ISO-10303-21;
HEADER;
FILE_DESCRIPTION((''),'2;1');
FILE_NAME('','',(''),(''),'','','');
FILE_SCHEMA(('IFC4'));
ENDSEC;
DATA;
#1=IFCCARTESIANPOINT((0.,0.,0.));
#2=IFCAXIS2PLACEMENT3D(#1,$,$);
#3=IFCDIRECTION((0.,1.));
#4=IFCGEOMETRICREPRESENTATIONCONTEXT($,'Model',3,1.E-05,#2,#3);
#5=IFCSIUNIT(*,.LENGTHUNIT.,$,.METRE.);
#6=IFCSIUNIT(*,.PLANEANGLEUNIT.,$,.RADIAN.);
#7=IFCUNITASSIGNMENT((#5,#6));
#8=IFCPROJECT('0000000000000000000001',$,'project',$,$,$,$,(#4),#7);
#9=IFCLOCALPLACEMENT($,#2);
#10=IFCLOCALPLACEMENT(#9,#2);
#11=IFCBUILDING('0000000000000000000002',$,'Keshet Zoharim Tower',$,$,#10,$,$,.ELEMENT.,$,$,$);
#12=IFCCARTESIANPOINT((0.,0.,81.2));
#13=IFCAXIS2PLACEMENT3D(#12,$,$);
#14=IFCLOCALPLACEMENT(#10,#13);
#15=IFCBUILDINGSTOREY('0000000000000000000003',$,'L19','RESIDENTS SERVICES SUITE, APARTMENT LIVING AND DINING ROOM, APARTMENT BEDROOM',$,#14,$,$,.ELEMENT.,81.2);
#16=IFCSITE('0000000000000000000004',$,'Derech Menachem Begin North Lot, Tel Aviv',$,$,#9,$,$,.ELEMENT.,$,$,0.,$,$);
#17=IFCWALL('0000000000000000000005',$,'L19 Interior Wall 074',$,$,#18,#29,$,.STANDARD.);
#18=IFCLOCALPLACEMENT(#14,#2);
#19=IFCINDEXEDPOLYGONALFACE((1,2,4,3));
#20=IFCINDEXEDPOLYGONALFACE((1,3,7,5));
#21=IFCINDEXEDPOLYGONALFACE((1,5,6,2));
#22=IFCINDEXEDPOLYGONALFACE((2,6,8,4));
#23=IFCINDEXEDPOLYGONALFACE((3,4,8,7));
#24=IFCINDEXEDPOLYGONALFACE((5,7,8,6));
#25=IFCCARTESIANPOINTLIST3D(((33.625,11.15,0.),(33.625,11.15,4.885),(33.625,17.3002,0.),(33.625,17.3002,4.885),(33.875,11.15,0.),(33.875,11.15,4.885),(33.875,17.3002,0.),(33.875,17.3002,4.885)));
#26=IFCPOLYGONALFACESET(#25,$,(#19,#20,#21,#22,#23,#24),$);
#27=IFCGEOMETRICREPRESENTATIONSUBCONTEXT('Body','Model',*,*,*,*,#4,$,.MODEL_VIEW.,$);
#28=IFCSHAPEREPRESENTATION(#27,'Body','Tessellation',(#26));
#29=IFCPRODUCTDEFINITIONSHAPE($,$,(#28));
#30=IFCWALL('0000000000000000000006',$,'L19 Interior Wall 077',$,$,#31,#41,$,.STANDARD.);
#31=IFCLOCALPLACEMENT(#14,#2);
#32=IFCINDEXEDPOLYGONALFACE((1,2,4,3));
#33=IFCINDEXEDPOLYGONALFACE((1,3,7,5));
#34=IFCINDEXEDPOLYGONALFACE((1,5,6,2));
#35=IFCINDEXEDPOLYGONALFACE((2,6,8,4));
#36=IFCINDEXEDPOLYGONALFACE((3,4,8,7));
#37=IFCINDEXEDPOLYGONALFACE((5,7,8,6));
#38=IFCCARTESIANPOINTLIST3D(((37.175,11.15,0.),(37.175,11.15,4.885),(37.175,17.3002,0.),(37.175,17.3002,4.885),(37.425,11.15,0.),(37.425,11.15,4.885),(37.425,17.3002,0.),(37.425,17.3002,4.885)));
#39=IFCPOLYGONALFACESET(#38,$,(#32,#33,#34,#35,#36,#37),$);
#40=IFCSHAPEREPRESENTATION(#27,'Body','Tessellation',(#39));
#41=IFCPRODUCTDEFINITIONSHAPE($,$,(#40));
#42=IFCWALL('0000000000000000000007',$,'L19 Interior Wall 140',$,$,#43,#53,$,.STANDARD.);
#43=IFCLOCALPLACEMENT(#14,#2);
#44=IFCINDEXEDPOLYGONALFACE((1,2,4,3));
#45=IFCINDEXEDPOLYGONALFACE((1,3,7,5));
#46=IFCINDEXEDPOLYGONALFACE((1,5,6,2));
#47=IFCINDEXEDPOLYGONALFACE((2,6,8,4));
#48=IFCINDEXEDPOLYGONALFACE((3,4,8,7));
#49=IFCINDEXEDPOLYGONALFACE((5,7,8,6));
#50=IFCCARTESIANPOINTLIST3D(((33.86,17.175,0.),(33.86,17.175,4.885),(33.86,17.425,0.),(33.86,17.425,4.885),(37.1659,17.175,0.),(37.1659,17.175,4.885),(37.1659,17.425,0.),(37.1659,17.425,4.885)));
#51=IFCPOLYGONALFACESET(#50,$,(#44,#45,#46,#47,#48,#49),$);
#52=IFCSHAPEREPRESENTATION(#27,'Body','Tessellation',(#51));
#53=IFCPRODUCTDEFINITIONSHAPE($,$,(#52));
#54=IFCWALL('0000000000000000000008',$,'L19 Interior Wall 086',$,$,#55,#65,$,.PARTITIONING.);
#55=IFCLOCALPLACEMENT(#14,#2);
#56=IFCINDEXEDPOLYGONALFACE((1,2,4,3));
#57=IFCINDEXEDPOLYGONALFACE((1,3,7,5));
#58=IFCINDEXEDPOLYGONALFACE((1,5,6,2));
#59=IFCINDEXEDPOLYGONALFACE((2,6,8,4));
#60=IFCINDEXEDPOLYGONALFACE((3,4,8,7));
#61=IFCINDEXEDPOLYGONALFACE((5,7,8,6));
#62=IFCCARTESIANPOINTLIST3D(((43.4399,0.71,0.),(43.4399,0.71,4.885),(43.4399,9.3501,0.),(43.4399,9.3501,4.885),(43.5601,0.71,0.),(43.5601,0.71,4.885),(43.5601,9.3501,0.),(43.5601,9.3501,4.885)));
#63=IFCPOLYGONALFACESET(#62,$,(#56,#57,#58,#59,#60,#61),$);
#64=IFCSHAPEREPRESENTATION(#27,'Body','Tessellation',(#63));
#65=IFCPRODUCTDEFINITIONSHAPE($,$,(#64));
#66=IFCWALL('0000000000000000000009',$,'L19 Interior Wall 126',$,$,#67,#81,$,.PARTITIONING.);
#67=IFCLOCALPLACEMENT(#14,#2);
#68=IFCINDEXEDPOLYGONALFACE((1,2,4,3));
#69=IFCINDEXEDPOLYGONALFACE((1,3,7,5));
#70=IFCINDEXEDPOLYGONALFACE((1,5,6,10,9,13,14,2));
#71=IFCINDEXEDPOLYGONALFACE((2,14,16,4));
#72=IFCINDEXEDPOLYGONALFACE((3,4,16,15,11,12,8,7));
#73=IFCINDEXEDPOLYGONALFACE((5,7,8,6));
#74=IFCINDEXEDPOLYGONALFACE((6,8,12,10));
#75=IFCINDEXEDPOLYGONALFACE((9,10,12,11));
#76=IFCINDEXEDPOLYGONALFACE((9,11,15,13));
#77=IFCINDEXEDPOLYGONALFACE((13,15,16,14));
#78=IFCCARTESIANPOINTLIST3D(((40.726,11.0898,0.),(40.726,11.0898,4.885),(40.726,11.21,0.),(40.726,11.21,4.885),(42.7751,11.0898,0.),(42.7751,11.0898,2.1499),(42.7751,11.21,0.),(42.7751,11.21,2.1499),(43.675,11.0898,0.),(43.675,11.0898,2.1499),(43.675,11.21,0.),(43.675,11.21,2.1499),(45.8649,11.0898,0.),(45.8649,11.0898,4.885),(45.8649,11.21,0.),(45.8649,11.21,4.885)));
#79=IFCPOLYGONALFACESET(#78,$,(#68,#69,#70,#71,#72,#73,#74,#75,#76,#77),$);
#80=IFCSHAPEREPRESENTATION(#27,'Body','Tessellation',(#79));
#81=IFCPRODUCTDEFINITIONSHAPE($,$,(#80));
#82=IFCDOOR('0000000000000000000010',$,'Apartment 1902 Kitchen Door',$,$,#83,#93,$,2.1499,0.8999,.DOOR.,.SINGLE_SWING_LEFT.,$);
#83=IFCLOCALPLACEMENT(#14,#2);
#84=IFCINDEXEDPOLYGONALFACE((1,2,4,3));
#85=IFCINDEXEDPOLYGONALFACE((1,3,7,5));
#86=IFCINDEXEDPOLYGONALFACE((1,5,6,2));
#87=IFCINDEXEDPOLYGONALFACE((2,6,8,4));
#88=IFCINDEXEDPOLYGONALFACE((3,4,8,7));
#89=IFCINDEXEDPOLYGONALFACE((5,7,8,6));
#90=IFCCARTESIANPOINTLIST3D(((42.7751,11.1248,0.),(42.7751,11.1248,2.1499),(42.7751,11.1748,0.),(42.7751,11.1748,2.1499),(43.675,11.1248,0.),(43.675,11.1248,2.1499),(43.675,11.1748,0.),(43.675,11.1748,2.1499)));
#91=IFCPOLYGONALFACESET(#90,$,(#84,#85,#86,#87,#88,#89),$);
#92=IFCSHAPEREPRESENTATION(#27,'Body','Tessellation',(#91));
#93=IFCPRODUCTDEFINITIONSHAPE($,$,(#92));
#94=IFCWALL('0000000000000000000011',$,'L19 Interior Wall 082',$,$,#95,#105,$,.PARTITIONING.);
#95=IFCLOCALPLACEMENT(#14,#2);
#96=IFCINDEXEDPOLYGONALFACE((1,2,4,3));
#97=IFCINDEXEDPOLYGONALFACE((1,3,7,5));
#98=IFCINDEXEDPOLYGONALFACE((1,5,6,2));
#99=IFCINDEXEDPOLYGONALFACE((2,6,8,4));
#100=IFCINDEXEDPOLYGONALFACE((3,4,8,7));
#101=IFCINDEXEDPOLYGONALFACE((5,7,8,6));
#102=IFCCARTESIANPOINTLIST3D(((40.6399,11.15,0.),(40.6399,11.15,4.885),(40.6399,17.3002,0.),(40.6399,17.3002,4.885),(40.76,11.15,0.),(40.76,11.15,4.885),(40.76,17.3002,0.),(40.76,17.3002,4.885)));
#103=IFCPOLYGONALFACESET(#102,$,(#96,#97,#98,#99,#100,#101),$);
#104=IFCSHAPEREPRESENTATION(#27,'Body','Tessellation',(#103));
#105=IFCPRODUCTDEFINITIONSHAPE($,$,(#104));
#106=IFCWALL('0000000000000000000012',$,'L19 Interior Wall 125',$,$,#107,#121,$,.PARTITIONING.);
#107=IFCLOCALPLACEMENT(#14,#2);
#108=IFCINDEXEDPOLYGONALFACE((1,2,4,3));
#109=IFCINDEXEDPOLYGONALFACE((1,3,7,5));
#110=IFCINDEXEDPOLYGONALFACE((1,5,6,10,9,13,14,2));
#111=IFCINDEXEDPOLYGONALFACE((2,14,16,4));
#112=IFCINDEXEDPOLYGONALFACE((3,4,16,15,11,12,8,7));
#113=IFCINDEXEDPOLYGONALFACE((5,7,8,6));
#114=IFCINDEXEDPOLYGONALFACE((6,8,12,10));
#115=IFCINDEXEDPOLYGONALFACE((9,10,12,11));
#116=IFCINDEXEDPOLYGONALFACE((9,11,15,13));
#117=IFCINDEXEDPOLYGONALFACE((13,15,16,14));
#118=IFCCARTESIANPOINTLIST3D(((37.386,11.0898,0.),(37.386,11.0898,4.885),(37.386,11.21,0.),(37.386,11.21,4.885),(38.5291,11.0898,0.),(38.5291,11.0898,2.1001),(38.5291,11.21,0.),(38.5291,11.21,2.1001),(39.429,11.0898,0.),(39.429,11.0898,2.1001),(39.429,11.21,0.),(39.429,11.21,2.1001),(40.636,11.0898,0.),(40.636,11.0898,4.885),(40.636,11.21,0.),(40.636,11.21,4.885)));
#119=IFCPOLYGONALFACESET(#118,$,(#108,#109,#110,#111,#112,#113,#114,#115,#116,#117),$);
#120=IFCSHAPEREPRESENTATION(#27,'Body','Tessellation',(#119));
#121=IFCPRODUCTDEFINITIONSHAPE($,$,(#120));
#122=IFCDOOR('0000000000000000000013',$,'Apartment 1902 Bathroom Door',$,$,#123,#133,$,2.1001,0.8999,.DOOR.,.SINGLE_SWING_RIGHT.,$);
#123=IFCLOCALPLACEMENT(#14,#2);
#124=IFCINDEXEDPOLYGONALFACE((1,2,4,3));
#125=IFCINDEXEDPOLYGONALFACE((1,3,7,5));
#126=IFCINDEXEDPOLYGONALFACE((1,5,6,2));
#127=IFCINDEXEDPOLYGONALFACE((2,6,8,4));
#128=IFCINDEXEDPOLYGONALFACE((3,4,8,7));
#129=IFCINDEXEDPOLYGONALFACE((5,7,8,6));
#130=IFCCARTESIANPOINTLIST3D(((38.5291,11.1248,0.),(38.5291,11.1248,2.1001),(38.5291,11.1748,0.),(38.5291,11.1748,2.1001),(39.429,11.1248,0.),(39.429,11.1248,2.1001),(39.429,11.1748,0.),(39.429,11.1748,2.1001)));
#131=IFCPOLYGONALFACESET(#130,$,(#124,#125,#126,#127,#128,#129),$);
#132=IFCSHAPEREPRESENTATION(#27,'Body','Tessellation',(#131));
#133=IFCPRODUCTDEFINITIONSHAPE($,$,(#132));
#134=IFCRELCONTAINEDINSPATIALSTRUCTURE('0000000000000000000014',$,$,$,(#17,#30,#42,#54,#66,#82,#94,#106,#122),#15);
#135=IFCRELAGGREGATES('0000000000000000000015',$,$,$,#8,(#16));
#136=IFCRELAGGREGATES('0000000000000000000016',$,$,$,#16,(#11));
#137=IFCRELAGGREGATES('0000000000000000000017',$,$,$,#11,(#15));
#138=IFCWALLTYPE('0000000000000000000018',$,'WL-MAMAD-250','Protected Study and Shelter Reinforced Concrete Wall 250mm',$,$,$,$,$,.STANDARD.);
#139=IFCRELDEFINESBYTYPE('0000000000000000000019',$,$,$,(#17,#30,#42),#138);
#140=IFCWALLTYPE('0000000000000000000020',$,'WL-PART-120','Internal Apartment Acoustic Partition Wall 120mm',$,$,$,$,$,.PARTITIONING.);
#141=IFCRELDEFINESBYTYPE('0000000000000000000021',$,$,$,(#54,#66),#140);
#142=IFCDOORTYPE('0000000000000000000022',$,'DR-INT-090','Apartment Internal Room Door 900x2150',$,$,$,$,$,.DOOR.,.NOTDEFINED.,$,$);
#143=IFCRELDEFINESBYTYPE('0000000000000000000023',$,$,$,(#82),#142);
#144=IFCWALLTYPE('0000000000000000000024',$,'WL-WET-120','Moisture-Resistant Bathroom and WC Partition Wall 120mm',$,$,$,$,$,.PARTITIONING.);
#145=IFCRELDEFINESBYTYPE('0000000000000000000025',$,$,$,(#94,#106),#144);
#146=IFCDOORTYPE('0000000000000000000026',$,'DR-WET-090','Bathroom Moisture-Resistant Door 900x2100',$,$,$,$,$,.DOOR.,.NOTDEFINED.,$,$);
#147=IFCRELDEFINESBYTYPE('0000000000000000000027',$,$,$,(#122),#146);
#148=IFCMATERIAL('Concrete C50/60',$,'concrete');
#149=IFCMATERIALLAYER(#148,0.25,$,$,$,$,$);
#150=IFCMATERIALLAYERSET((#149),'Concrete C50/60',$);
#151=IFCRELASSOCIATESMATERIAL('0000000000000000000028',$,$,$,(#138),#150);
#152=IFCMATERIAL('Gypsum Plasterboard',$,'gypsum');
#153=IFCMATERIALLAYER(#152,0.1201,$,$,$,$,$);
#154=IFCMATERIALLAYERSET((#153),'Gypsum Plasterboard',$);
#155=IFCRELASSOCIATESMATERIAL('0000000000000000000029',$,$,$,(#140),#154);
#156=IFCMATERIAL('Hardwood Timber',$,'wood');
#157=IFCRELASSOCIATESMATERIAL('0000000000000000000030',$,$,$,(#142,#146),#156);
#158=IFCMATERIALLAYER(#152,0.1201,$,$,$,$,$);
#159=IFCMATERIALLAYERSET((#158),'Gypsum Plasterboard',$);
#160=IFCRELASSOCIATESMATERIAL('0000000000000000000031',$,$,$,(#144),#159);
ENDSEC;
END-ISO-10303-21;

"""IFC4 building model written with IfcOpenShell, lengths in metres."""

from ifc_helpers import new_model, si_unit, direction, frame, frame_2d, origin, place, context, subcontext, project, spatial, rectangle, extrude, material, layer, layer_set, type_object, element, fill, save


model = new_model("IFC4")

# Units and contexts
model_context = context("Model", 3, precision=1e-05, world=origin(), true_north=direction((0.0, 1.0)))
body_context = subcontext(model_context, "Body", "Model", "MODEL_VIEW")
ifc_project = project(units=[si_unit("LENGTHUNIT", "METRE"), si_unit("PLANEANGLEUNIT", "RADIAN")], contexts=[model_context])

# Site, building, storey
site_placement = place(None, origin())
site = spatial("IfcSite", under=ifc_project, at=site_placement, Name="Derech Menachem Begin North Lot, Tel Aviv", CompositionType="ELEMENT", RefElevation=0.0)
building_placement = place(site_placement, origin())
building = spatial("IfcBuilding", under=site, at=building_placement, Name="Keshet Zoharim Tower", CompositionType="ELEMENT")
storey_placement = place(building_placement, frame((0.0, 0.0, 81.2)))
storey = spatial("IfcBuildingStorey", under=building, at=storey_placement, Name="L19", Description="RESIDENTS SERVICES SUITE, APARTMENT LIVING AND DINING ROOM, APARTMENT BEDROOM", CompositionType="ELEMENT", Elevation=81.2)

# Walls
ifc_material_1 = material(Name="Gypsum Plasterboard", Category="gypsum")
ifc_material_2 = material(Name="Concrete C50/60", Category="concrete")
ifc_layer_1 = layer(ifc_material_2, 0.25)
ifc_layer_set_1 = layer_set([ifc_layer_1], Name="Concrete C50/60")
wall_type_1 = type_object("IfcWallType", Name="WL-MAMAD-250", Description="Protected Study and Shelter Reinforced Concrete Wall 250mm", PredefinedType="STANDARD", material=ifc_layer_set_1)
for number, where, z_axis, x_axis, name in (
    (1, (33.75, 11.1499, 0.0), (0.0, 0.0, 1.0), (0.0, 1.0, 0.0), "L19 Interior Wall 074"),
    (2, (37.3, 11.1499, 0.0), (0.0, 0.0, 1.0), (0.0, 1.0, 0.0), "L19 Interior Wall 077"),
):
    element("IfcWall", number, at=place(storey_placement, frame(where, z_axis=z_axis, x_axis=x_axis)), inside=storey, type_object=wall_type_1, Name=name, PredefinedType="STANDARD", context=body_context, shape_type="SweptSolid", body=[
        extrude(rectangle(XDim=6.1501, YDim=0.25, at=frame_2d((3.0752, 0.0))), origin(), (0.0, 0.0, 1.0), 4.885),
    ])

# Shared definitions
ifc_material_3 = material(Name="Hardwood Timber", Category="wood")

# Walls
wall_1_placement = place(storey_placement, frame((33.8601, 17.3, 0.0), z_axis=(0.0, 0.0, 1.0), x_axis=(1.0, 0.0, 0.0)))
element("IfcWall", 3, at=wall_1_placement, inside=storey, type_object=wall_type_1, Name="L19 Interior Wall 140", PredefinedType="STANDARD", context=body_context, shape_type="SweptSolid", body=[
    extrude(rectangle(XDim=3.3059, YDim=0.25, at=frame_2d((1.6528, 0.0))), origin(), (0.0, 0.0, 1.0), 4.885),
])
ifc_layer_2 = layer(ifc_material_1, 0.1201)
ifc_layer_set_2 = layer_set([ifc_layer_2], Name="Gypsum Plasterboard")
wall_type_2 = type_object("IfcWallType", Name="WL-PART-120", Description="Internal Apartment Acoustic Partition Wall 120mm", PredefinedType="PARTITIONING", material=ifc_layer_set_2)
wall_2_placement = place(storey_placement, frame((43.5, 0.71, 0.0), z_axis=(0.0, 0.0, 1.0), x_axis=(0.0, 1.0, 0.0)))
element("IfcWall", 4, at=wall_2_placement, inside=storey, type_object=wall_type_2, Name="L19 Interior Wall 086", PredefinedType="PARTITIONING", context=body_context, shape_type="SweptSolid", body=[
    extrude(rectangle(XDim=8.6401, YDim=0.1201, at=frame_2d((4.3201, 0.0))), origin(), (0.0, 0.0, 1.0), 4.885),
])

# Shared definitions
door_type_1 = type_object("IfcDoorType", Name="DR-INT-090", Description="Apartment Internal Room Door 900x2150", OperationType="NOTDEFINED", PredefinedType="DOOR", material=ifc_material_3)

# Wall, opening, door
wall_3_placement = place(storey_placement, frame((40.7261, 11.1499, 0.0), z_axis=(0.0, 0.0, 1.0), x_axis=(1.0, 0.0, 0.0)))
wall_3 = element("IfcWall", 5, at=wall_3_placement, inside=storey, type_object=wall_type_2, Name="L19 Interior Wall 126", PredefinedType="PARTITIONING", context=body_context, shape_type="SweptSolid", body=[
    extrude(rectangle(XDim=5.1389, YDim=0.1201, at=frame_2d((2.5693, 0.0))), origin(), (0.0, 0.0, 1.0), 4.885),
])
opening_1_placement = place(wall_3_placement, frame((2.0491, 0.0, 0.0)))
opening_1 = element("IfcOpeningElement", 6, at=opening_1_placement, cuts=wall_3, PredefinedType="OPENING", context=body_context, shape_type="SweptSolid", body=[
    extrude(rectangle(XDim=0.8999, YDim=2.1499, at=frame_2d((0.45, 1.075))), frame((0.0, 0.0701, 0.0), z_axis=(0.0, -1.0, 0.0), x_axis=(1.0, 0.0, 0.0)), (0.0, 0.0, 1.0), 0.1401),
])
door_1_placement = place(opening_1_placement, origin())
door_1 = element("IfcDoor", 7, at=door_1_placement, inside=storey, type_object=door_type_1, Name="Apartment 1902 Kitchen Door", OperationType="SINGLE_SWING_LEFT", OverallHeight=2.1499, OverallWidth=0.8999, PredefinedType="DOOR", context=body_context, shape_type="SweptSolid", body=[
    extrude(rectangle(XDim=0.8999, YDim=2.1499, at=frame_2d((0.45, 1.075))), frame((0.0, 0.0249, 0.0), z_axis=(0.0, -1.0, 0.0), x_axis=(1.0, 0.0, 0.0)), (0.0, 0.0, 1.0), 0.05),
])
fill(opening_1, door_1)

# Wall
ifc_layer_3 = layer(ifc_material_1, 0.1201)
ifc_layer_set_3 = layer_set([ifc_layer_3], Name="Gypsum Plasterboard")
wall_type_3 = type_object("IfcWallType", Name="WL-WET-120", Description="Moisture-Resistant Bathroom and WC Partition Wall 120mm", PredefinedType="PARTITIONING", material=ifc_layer_set_3)
wall_4_placement = place(storey_placement, frame((40.7, 11.1499, 0.0), z_axis=(0.0, 0.0, 1.0), x_axis=(0.0, 1.0, 0.0)))
element("IfcWall", 8, at=wall_4_placement, inside=storey, type_object=wall_type_3, Name="L19 Interior Wall 082", PredefinedType="PARTITIONING", context=body_context, shape_type="SweptSolid", body=[
    extrude(rectangle(XDim=6.1501, YDim=0.1201, at=frame_2d((3.0752, 0.0))), origin(), (0.0, 0.0, 1.0), 4.885),
])

# Wall, opening, door
wall_5_placement = place(storey_placement, frame((37.386, 11.1499, 0.0), z_axis=(0.0, 0.0, 1.0), x_axis=(1.0, 0.0, 0.0)))
wall_5 = element("IfcWall", 9, at=wall_5_placement, inside=storey, type_object=wall_type_3, Name="L19 Interior Wall 125", PredefinedType="PARTITIONING", context=body_context, shape_type="SweptSolid", body=[
    extrude(rectangle(XDim=3.25, YDim=0.1201, at=frame_2d((1.625, 0.0))), origin(), (0.0, 0.0, 1.0), 4.885),
])
opening_2_placement = place(wall_5_placement, frame((1.1431, 0.0, 0.0)))
opening_2 = element("IfcOpeningElement", 10, at=opening_2_placement, cuts=wall_5, PredefinedType="OPENING", context=body_context, shape_type="SweptSolid", body=[
    extrude(rectangle(XDim=0.8999, YDim=2.1001, at=frame_2d((0.45, 1.05))), frame((0.0, 0.0701, 0.0), z_axis=(0.0, -1.0, 0.0), x_axis=(1.0, 0.0, 0.0)), (0.0, 0.0, 1.0), 0.1401),
])
door_type_2 = type_object("IfcDoorType", Name="DR-WET-090", Description="Bathroom Moisture-Resistant Door 900x2100", OperationType="NOTDEFINED", PredefinedType="DOOR", material=ifc_material_3)
door_2_placement = place(opening_2_placement, origin())
door_2 = element("IfcDoor", 11, at=door_2_placement, inside=storey, type_object=door_type_2, Name="Apartment 1902 Bathroom Door", OperationType="SINGLE_SWING_RIGHT", OverallHeight=2.1001, OverallWidth=0.8999, PredefinedType="DOOR", context=body_context, shape_type="SweptSolid", body=[
    extrude(rectangle(XDim=0.8999, YDim=2.1001, at=frame_2d((0.45, 1.05))), frame((0.0, 0.0249, 0.0), z_axis=(0.0, -1.0, 0.0), x_axis=(1.0, 0.0, 0.0)), (0.0, 0.0, 1.0), 0.05),
])
fill(opening_2, door_2)

save(model, "model.ifc")
